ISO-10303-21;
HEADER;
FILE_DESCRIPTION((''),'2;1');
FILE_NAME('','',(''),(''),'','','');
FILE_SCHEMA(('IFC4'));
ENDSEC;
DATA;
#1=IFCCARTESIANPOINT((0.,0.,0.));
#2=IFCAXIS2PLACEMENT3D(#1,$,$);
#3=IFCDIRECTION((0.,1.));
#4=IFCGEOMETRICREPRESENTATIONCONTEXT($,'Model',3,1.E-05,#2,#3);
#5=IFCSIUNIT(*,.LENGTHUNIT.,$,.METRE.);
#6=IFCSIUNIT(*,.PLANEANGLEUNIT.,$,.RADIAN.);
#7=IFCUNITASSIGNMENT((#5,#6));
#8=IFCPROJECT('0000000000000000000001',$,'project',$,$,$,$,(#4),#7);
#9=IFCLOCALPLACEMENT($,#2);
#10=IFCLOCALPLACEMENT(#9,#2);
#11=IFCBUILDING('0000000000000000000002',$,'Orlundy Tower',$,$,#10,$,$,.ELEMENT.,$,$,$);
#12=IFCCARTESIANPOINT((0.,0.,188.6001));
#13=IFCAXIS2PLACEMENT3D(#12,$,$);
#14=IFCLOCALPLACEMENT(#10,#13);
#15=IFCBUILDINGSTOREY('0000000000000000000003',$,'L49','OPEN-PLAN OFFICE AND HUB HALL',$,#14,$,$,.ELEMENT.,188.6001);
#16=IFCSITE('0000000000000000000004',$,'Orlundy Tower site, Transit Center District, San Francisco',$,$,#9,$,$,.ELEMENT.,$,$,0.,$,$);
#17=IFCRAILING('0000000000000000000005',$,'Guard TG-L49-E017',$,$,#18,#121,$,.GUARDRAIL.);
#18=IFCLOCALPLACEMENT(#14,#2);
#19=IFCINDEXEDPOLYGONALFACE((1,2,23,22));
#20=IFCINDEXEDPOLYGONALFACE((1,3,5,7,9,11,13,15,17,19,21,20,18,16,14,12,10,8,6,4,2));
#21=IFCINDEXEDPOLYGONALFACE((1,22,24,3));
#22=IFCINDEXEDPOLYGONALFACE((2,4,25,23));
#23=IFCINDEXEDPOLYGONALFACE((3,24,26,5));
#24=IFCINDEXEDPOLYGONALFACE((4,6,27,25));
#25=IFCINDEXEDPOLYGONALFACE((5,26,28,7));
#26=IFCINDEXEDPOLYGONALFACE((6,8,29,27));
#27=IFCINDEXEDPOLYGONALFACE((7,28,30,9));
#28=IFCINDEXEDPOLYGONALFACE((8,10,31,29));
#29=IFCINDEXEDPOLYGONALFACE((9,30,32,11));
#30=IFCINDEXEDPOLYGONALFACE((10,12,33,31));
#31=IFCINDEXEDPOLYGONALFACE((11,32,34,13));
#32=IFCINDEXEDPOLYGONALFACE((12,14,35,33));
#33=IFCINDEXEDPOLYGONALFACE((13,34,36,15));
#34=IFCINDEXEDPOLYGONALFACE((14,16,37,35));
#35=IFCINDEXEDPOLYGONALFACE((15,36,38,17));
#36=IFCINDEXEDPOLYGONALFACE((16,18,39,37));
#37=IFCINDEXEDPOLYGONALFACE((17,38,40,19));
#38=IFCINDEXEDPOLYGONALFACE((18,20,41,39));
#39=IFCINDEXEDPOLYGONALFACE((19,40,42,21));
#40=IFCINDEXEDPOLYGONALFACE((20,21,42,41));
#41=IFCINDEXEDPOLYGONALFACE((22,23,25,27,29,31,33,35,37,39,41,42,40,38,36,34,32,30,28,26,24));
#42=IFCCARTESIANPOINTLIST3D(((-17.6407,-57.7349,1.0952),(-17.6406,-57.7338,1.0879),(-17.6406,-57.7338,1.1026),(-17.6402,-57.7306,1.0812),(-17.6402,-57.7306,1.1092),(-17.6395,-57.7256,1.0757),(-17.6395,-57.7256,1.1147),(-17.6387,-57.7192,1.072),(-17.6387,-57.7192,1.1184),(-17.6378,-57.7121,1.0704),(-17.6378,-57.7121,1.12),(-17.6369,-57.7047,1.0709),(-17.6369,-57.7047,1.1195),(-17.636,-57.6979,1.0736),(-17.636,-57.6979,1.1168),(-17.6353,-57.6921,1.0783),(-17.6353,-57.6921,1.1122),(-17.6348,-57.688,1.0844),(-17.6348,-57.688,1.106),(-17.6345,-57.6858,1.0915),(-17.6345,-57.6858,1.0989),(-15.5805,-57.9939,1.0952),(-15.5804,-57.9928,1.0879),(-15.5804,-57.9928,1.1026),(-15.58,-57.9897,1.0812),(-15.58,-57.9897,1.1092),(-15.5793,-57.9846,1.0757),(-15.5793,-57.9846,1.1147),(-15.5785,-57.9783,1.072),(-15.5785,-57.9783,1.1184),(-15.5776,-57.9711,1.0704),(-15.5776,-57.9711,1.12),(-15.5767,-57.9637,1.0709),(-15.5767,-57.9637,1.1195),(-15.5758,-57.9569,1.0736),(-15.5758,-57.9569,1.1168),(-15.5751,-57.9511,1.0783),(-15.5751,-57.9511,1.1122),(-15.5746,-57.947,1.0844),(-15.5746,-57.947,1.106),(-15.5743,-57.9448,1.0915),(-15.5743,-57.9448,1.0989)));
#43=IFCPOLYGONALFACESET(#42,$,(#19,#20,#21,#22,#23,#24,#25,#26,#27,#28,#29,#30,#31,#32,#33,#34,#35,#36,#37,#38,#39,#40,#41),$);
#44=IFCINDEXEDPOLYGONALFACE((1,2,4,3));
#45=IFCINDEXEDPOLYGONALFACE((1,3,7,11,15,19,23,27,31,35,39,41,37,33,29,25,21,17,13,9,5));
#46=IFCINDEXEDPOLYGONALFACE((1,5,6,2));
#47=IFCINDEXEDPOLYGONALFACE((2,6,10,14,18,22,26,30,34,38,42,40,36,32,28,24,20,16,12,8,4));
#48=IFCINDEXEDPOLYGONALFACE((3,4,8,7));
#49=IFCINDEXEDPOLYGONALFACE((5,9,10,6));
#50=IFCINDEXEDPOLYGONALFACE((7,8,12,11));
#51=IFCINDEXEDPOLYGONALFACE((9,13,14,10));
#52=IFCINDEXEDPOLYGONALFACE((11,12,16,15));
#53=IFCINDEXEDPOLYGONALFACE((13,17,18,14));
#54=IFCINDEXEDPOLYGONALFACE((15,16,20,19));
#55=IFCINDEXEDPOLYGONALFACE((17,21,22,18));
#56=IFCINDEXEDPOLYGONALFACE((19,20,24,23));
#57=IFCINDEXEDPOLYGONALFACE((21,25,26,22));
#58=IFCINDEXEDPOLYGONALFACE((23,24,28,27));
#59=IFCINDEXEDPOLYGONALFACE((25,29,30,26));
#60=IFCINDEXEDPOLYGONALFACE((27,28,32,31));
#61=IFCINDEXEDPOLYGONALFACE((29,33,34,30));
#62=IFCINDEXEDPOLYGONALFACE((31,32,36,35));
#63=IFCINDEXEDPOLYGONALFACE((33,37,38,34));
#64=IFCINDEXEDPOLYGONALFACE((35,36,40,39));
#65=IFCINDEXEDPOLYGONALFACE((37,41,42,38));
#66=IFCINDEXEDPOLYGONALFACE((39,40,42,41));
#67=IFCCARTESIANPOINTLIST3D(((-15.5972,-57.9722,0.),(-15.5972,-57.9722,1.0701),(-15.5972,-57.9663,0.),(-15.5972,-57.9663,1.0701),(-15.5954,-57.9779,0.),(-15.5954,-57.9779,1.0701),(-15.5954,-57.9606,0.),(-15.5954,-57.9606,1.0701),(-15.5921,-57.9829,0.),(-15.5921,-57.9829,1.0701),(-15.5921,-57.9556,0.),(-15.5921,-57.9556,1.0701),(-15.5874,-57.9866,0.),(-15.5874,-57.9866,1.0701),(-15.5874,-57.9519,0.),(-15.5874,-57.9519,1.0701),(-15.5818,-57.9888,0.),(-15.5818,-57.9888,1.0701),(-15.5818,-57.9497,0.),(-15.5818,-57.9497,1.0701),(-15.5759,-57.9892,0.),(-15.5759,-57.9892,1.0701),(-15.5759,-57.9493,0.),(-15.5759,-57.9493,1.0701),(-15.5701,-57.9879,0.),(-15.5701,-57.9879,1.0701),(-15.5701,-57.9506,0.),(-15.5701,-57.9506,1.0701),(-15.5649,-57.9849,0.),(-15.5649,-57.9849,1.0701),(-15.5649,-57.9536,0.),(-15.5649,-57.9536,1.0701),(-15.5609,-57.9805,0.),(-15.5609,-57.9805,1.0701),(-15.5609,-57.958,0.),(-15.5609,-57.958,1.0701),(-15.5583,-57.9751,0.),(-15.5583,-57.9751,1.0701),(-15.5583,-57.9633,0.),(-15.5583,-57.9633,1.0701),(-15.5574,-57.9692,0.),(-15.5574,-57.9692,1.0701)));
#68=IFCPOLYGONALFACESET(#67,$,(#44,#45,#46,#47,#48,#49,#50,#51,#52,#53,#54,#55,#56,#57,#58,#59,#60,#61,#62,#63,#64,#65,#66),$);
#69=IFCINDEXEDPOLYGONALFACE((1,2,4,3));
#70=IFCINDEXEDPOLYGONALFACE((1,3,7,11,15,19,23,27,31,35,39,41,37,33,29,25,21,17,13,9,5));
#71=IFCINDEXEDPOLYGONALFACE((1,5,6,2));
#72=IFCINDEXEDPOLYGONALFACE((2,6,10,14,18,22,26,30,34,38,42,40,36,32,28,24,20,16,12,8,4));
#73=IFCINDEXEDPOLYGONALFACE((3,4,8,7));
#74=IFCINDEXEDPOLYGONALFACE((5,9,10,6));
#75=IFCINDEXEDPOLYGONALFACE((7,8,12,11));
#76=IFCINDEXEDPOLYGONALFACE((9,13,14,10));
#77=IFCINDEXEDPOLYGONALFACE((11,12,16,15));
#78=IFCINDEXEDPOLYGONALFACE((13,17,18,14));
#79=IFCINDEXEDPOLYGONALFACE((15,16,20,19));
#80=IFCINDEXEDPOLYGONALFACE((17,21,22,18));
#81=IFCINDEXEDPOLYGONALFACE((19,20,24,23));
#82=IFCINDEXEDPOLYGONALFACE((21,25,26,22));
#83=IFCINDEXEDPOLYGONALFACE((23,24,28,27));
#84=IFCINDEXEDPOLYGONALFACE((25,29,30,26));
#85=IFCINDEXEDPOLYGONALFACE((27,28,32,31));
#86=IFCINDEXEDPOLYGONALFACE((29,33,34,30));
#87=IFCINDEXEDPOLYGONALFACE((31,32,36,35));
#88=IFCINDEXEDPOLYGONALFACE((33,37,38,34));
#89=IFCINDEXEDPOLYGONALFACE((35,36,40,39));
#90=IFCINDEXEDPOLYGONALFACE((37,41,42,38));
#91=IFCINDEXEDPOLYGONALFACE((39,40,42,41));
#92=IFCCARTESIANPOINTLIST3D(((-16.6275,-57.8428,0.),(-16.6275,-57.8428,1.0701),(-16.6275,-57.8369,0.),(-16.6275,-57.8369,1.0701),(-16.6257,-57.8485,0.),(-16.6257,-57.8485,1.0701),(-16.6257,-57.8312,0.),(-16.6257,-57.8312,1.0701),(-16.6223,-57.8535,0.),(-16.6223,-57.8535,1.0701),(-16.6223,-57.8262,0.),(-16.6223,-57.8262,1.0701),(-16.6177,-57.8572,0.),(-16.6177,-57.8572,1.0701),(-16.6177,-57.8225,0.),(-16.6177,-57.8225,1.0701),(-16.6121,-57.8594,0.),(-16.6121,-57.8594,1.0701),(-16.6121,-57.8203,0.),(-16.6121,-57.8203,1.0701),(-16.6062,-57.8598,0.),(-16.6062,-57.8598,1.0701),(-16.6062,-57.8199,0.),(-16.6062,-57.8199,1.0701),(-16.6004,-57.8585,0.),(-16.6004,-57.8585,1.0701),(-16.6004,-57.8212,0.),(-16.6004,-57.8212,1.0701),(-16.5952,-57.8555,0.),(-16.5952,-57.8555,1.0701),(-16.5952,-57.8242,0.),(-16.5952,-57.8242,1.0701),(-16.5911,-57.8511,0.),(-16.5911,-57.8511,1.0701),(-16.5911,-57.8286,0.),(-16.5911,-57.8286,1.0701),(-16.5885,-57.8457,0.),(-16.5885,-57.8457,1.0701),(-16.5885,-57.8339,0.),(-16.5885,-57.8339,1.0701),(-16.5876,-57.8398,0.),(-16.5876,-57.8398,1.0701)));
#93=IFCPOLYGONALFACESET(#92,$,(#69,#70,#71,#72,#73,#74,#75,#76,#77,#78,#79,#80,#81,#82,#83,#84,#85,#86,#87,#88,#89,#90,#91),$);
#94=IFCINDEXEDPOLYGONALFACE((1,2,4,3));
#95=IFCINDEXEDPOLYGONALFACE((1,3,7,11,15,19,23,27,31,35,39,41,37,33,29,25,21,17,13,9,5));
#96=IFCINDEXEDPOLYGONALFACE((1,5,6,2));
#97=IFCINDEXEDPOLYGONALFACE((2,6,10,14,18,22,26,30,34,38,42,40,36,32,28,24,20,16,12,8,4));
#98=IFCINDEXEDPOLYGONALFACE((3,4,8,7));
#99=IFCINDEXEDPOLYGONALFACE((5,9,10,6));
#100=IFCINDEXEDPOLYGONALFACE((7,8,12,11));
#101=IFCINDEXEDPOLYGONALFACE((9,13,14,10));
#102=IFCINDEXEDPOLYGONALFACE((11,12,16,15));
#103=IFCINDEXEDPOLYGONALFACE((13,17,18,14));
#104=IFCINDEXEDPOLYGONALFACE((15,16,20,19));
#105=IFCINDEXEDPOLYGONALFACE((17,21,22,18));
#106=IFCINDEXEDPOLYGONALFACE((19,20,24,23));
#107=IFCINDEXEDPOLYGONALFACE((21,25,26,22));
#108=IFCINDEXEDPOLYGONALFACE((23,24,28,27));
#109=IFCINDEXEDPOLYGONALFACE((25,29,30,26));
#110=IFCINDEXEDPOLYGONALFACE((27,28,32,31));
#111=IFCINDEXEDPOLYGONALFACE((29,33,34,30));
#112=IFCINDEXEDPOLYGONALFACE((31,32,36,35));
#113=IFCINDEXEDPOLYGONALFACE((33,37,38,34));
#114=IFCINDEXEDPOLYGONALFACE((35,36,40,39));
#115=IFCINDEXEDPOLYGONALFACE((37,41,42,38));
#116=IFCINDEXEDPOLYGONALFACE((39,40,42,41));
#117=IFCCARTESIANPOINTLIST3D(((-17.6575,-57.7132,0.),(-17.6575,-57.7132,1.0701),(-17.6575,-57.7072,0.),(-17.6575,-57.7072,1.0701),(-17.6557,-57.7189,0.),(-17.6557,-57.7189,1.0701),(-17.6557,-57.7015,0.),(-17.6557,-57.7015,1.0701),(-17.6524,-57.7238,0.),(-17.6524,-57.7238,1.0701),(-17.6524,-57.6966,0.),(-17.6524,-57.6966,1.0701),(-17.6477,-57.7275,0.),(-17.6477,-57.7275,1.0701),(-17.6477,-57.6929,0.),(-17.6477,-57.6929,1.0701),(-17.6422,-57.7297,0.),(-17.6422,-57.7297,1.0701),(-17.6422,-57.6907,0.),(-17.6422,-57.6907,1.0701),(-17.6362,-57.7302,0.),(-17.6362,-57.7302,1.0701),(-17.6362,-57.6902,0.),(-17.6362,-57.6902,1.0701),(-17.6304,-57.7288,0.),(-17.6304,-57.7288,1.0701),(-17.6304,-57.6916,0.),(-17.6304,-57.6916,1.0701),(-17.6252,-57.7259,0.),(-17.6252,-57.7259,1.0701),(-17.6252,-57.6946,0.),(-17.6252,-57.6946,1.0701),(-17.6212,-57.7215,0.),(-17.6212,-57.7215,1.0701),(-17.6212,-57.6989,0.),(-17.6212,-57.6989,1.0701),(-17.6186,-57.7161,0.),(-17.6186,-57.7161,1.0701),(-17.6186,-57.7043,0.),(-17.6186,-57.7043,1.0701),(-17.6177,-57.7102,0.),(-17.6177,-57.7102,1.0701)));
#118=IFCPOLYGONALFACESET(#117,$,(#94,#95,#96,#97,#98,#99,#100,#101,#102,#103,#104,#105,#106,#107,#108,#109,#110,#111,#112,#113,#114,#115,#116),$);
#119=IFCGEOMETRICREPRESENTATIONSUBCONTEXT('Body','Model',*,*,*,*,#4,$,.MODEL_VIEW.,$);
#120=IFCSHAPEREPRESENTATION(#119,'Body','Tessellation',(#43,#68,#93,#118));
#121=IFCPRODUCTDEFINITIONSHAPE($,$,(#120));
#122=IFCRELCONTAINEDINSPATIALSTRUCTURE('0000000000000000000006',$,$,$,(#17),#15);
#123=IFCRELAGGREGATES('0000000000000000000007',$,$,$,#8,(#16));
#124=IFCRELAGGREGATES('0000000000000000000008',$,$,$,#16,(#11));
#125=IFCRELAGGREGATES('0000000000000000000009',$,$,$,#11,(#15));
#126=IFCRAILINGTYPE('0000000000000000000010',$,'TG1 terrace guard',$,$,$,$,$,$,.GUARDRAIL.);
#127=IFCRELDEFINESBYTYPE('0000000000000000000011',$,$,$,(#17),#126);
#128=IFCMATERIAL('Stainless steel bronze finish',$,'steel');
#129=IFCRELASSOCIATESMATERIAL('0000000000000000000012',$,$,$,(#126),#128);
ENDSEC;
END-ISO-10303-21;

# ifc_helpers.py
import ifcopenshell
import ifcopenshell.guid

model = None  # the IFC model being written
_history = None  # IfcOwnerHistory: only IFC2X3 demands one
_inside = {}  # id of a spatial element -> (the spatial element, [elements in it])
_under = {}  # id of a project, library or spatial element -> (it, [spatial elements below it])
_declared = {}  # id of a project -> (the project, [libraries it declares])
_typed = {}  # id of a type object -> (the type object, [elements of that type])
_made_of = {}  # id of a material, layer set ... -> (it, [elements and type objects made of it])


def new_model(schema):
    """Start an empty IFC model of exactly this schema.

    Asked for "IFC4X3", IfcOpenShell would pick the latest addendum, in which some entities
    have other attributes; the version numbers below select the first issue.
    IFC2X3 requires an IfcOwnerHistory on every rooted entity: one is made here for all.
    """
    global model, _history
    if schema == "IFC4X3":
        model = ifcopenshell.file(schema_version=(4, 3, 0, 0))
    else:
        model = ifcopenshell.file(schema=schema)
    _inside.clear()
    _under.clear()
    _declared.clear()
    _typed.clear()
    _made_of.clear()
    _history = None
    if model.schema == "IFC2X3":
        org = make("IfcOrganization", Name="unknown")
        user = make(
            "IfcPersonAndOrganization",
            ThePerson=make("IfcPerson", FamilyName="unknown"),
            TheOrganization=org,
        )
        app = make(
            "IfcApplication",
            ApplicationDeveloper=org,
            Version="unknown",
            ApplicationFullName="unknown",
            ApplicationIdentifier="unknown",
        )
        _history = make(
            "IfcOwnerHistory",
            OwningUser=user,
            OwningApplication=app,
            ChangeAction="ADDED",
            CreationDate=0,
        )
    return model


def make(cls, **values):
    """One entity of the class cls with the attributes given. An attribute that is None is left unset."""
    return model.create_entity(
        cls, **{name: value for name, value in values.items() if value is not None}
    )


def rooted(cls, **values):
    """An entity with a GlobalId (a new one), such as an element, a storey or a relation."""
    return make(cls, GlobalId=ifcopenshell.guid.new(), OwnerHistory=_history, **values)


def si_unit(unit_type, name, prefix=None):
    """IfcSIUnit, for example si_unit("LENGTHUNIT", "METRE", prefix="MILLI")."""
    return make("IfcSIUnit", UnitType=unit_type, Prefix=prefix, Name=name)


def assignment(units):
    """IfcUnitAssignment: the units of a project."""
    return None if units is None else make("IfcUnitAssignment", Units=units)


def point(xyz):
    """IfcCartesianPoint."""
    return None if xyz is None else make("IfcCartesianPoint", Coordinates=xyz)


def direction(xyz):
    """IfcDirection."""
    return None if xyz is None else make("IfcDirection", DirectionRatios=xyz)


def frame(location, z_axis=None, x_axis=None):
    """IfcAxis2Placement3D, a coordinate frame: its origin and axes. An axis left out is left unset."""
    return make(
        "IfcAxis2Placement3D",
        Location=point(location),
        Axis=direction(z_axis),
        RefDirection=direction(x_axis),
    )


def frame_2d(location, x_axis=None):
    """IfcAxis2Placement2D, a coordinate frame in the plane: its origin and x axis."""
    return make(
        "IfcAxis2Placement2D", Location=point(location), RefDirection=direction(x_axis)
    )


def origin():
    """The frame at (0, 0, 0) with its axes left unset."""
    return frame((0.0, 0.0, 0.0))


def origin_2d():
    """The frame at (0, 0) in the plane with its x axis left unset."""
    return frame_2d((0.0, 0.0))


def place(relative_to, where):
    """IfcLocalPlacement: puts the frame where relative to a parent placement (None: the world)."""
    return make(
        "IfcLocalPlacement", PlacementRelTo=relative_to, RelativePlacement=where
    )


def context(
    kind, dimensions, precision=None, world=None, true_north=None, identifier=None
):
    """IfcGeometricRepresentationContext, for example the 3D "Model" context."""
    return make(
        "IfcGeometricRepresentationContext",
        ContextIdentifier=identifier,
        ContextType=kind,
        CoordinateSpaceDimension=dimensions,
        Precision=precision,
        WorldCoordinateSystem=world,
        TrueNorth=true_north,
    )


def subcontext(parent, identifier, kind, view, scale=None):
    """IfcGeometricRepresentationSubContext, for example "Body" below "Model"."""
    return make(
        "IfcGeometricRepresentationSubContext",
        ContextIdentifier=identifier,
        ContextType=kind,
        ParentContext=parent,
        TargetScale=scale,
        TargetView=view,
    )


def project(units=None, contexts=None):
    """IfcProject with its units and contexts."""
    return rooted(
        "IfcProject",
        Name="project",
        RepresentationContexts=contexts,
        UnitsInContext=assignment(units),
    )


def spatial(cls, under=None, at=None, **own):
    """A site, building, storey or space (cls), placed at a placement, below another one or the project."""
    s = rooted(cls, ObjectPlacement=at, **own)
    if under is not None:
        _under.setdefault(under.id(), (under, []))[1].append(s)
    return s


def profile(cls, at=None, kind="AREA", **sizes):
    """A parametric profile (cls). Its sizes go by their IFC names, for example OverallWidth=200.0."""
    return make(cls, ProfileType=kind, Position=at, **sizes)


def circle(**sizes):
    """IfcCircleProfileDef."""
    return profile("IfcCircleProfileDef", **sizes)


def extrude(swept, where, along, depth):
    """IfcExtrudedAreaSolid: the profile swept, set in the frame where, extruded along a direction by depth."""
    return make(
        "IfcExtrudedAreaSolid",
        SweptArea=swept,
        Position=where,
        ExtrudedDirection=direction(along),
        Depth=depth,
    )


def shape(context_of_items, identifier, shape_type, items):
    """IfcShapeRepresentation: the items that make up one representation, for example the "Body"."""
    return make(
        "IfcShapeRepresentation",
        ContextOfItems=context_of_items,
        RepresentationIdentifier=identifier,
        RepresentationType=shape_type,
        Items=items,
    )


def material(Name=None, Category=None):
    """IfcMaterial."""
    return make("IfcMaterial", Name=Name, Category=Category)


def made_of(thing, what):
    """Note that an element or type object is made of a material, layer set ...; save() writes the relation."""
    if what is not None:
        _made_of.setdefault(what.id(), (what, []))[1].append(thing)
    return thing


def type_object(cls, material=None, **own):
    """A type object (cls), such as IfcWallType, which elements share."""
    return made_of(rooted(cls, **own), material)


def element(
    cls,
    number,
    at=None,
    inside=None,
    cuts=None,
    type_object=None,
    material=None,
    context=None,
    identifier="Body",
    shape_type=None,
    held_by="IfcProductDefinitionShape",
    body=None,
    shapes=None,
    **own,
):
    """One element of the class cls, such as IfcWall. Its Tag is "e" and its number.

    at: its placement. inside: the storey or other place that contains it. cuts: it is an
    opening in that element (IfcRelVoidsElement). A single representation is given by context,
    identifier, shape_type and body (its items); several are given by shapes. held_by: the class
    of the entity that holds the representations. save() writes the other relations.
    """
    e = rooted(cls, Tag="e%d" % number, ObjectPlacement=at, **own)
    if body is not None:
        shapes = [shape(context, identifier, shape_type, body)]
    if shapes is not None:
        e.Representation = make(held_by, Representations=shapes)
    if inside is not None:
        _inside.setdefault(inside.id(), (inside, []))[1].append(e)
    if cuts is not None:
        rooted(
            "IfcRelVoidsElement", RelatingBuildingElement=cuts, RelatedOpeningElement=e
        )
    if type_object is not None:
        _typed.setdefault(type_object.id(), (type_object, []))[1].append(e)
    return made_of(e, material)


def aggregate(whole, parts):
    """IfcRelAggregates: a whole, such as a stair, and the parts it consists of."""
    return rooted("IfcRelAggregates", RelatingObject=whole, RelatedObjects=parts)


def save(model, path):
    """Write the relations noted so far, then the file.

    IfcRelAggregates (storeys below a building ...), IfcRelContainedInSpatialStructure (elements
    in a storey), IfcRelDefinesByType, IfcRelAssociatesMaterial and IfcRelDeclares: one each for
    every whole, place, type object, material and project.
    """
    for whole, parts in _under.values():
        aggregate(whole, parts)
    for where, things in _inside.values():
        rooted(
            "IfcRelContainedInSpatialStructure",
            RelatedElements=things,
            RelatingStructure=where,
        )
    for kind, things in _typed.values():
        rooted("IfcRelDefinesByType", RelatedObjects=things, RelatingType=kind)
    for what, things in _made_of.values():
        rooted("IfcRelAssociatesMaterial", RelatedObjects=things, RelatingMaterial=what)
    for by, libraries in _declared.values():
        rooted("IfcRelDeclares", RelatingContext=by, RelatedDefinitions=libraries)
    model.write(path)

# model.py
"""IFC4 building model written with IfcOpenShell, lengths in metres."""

from ifc_helpers import new_model, si_unit, direction, frame, origin, origin_2d, place, context, subcontext, project, spatial, circle, extrude, material, type_object, element, save


model = new_model("IFC4")

# Units and contexts
model_context = context("Model", 3, precision=1e-05, world=origin(), true_north=direction((0.0, 1.0)))
body_context = subcontext(model_context, "Body", "Model", "MODEL_VIEW")
ifc_project = project(units=[si_unit("LENGTHUNIT", "METRE"), si_unit("PLANEANGLEUNIT", "RADIAN")], contexts=[model_context])

# Site, building, storey
site_placement = place(None, origin())
site = spatial("IfcSite", under=ifc_project, at=site_placement, Name="Orlundy Tower site, Transit Center District, San Francisco", CompositionType="ELEMENT", RefElevation=0.0)
building_placement = place(site_placement, origin())
building = spatial("IfcBuilding", under=site, at=building_placement, Name="Orlundy Tower", CompositionType="ELEMENT")
storey_placement = place(building_placement, frame((0.0, 0.0, 188.6001)))
storey = spatial("IfcBuildingStorey", under=building, at=storey_placement, Name="L49", Description="OPEN-PLAN OFFICE AND HUB HALL", CompositionType="ELEMENT", Elevation=188.6001)

# Railing
ifc_material_1 = material(Name="Stainless steel bronze finish", Category="steel")
railing_type = type_object("IfcRailingType", Name="TG1 terrace guard", PredefinedType="GUARDRAIL", material=ifc_material_1)
railing_placement = place(storey_placement, frame((-15.5774, -57.9692, 0.0)))
element("IfcRailing", 1, at=railing_placement, inside=storey, type_object=railing_type, Name="Guard TG-L49-E017", PredefinedType="GUARDRAIL", context=body_context, shape_type="SweptSolid", body=[
    extrude(circle(Radius=0.0249, at=origin_2d()), frame((0.0, 0.0, 1.0952), z_axis=(-0.992189, 0.124744, 0.0), x_axis=(-0.124744, -0.992189, 0.0)), (0.0, 0.0, 1.0), 2.0764),
    extrude(circle(Radius=0.02, at=origin_2d()), origin(), (0.0, 0.0, 1.0), 1.0701),
    extrude(circle(Radius=0.02, at=origin_2d()), frame((-1.0303, 0.1294, 0.0)), (0.0, 0.0, 1.0), 1.0701),
    extrude(circle(Radius=0.02, at=origin_2d()), frame((-2.0603, 0.259, 0.0)), (0.0, 0.0, 1.0), 1.0701),
])

save(model, "model.ifc")
